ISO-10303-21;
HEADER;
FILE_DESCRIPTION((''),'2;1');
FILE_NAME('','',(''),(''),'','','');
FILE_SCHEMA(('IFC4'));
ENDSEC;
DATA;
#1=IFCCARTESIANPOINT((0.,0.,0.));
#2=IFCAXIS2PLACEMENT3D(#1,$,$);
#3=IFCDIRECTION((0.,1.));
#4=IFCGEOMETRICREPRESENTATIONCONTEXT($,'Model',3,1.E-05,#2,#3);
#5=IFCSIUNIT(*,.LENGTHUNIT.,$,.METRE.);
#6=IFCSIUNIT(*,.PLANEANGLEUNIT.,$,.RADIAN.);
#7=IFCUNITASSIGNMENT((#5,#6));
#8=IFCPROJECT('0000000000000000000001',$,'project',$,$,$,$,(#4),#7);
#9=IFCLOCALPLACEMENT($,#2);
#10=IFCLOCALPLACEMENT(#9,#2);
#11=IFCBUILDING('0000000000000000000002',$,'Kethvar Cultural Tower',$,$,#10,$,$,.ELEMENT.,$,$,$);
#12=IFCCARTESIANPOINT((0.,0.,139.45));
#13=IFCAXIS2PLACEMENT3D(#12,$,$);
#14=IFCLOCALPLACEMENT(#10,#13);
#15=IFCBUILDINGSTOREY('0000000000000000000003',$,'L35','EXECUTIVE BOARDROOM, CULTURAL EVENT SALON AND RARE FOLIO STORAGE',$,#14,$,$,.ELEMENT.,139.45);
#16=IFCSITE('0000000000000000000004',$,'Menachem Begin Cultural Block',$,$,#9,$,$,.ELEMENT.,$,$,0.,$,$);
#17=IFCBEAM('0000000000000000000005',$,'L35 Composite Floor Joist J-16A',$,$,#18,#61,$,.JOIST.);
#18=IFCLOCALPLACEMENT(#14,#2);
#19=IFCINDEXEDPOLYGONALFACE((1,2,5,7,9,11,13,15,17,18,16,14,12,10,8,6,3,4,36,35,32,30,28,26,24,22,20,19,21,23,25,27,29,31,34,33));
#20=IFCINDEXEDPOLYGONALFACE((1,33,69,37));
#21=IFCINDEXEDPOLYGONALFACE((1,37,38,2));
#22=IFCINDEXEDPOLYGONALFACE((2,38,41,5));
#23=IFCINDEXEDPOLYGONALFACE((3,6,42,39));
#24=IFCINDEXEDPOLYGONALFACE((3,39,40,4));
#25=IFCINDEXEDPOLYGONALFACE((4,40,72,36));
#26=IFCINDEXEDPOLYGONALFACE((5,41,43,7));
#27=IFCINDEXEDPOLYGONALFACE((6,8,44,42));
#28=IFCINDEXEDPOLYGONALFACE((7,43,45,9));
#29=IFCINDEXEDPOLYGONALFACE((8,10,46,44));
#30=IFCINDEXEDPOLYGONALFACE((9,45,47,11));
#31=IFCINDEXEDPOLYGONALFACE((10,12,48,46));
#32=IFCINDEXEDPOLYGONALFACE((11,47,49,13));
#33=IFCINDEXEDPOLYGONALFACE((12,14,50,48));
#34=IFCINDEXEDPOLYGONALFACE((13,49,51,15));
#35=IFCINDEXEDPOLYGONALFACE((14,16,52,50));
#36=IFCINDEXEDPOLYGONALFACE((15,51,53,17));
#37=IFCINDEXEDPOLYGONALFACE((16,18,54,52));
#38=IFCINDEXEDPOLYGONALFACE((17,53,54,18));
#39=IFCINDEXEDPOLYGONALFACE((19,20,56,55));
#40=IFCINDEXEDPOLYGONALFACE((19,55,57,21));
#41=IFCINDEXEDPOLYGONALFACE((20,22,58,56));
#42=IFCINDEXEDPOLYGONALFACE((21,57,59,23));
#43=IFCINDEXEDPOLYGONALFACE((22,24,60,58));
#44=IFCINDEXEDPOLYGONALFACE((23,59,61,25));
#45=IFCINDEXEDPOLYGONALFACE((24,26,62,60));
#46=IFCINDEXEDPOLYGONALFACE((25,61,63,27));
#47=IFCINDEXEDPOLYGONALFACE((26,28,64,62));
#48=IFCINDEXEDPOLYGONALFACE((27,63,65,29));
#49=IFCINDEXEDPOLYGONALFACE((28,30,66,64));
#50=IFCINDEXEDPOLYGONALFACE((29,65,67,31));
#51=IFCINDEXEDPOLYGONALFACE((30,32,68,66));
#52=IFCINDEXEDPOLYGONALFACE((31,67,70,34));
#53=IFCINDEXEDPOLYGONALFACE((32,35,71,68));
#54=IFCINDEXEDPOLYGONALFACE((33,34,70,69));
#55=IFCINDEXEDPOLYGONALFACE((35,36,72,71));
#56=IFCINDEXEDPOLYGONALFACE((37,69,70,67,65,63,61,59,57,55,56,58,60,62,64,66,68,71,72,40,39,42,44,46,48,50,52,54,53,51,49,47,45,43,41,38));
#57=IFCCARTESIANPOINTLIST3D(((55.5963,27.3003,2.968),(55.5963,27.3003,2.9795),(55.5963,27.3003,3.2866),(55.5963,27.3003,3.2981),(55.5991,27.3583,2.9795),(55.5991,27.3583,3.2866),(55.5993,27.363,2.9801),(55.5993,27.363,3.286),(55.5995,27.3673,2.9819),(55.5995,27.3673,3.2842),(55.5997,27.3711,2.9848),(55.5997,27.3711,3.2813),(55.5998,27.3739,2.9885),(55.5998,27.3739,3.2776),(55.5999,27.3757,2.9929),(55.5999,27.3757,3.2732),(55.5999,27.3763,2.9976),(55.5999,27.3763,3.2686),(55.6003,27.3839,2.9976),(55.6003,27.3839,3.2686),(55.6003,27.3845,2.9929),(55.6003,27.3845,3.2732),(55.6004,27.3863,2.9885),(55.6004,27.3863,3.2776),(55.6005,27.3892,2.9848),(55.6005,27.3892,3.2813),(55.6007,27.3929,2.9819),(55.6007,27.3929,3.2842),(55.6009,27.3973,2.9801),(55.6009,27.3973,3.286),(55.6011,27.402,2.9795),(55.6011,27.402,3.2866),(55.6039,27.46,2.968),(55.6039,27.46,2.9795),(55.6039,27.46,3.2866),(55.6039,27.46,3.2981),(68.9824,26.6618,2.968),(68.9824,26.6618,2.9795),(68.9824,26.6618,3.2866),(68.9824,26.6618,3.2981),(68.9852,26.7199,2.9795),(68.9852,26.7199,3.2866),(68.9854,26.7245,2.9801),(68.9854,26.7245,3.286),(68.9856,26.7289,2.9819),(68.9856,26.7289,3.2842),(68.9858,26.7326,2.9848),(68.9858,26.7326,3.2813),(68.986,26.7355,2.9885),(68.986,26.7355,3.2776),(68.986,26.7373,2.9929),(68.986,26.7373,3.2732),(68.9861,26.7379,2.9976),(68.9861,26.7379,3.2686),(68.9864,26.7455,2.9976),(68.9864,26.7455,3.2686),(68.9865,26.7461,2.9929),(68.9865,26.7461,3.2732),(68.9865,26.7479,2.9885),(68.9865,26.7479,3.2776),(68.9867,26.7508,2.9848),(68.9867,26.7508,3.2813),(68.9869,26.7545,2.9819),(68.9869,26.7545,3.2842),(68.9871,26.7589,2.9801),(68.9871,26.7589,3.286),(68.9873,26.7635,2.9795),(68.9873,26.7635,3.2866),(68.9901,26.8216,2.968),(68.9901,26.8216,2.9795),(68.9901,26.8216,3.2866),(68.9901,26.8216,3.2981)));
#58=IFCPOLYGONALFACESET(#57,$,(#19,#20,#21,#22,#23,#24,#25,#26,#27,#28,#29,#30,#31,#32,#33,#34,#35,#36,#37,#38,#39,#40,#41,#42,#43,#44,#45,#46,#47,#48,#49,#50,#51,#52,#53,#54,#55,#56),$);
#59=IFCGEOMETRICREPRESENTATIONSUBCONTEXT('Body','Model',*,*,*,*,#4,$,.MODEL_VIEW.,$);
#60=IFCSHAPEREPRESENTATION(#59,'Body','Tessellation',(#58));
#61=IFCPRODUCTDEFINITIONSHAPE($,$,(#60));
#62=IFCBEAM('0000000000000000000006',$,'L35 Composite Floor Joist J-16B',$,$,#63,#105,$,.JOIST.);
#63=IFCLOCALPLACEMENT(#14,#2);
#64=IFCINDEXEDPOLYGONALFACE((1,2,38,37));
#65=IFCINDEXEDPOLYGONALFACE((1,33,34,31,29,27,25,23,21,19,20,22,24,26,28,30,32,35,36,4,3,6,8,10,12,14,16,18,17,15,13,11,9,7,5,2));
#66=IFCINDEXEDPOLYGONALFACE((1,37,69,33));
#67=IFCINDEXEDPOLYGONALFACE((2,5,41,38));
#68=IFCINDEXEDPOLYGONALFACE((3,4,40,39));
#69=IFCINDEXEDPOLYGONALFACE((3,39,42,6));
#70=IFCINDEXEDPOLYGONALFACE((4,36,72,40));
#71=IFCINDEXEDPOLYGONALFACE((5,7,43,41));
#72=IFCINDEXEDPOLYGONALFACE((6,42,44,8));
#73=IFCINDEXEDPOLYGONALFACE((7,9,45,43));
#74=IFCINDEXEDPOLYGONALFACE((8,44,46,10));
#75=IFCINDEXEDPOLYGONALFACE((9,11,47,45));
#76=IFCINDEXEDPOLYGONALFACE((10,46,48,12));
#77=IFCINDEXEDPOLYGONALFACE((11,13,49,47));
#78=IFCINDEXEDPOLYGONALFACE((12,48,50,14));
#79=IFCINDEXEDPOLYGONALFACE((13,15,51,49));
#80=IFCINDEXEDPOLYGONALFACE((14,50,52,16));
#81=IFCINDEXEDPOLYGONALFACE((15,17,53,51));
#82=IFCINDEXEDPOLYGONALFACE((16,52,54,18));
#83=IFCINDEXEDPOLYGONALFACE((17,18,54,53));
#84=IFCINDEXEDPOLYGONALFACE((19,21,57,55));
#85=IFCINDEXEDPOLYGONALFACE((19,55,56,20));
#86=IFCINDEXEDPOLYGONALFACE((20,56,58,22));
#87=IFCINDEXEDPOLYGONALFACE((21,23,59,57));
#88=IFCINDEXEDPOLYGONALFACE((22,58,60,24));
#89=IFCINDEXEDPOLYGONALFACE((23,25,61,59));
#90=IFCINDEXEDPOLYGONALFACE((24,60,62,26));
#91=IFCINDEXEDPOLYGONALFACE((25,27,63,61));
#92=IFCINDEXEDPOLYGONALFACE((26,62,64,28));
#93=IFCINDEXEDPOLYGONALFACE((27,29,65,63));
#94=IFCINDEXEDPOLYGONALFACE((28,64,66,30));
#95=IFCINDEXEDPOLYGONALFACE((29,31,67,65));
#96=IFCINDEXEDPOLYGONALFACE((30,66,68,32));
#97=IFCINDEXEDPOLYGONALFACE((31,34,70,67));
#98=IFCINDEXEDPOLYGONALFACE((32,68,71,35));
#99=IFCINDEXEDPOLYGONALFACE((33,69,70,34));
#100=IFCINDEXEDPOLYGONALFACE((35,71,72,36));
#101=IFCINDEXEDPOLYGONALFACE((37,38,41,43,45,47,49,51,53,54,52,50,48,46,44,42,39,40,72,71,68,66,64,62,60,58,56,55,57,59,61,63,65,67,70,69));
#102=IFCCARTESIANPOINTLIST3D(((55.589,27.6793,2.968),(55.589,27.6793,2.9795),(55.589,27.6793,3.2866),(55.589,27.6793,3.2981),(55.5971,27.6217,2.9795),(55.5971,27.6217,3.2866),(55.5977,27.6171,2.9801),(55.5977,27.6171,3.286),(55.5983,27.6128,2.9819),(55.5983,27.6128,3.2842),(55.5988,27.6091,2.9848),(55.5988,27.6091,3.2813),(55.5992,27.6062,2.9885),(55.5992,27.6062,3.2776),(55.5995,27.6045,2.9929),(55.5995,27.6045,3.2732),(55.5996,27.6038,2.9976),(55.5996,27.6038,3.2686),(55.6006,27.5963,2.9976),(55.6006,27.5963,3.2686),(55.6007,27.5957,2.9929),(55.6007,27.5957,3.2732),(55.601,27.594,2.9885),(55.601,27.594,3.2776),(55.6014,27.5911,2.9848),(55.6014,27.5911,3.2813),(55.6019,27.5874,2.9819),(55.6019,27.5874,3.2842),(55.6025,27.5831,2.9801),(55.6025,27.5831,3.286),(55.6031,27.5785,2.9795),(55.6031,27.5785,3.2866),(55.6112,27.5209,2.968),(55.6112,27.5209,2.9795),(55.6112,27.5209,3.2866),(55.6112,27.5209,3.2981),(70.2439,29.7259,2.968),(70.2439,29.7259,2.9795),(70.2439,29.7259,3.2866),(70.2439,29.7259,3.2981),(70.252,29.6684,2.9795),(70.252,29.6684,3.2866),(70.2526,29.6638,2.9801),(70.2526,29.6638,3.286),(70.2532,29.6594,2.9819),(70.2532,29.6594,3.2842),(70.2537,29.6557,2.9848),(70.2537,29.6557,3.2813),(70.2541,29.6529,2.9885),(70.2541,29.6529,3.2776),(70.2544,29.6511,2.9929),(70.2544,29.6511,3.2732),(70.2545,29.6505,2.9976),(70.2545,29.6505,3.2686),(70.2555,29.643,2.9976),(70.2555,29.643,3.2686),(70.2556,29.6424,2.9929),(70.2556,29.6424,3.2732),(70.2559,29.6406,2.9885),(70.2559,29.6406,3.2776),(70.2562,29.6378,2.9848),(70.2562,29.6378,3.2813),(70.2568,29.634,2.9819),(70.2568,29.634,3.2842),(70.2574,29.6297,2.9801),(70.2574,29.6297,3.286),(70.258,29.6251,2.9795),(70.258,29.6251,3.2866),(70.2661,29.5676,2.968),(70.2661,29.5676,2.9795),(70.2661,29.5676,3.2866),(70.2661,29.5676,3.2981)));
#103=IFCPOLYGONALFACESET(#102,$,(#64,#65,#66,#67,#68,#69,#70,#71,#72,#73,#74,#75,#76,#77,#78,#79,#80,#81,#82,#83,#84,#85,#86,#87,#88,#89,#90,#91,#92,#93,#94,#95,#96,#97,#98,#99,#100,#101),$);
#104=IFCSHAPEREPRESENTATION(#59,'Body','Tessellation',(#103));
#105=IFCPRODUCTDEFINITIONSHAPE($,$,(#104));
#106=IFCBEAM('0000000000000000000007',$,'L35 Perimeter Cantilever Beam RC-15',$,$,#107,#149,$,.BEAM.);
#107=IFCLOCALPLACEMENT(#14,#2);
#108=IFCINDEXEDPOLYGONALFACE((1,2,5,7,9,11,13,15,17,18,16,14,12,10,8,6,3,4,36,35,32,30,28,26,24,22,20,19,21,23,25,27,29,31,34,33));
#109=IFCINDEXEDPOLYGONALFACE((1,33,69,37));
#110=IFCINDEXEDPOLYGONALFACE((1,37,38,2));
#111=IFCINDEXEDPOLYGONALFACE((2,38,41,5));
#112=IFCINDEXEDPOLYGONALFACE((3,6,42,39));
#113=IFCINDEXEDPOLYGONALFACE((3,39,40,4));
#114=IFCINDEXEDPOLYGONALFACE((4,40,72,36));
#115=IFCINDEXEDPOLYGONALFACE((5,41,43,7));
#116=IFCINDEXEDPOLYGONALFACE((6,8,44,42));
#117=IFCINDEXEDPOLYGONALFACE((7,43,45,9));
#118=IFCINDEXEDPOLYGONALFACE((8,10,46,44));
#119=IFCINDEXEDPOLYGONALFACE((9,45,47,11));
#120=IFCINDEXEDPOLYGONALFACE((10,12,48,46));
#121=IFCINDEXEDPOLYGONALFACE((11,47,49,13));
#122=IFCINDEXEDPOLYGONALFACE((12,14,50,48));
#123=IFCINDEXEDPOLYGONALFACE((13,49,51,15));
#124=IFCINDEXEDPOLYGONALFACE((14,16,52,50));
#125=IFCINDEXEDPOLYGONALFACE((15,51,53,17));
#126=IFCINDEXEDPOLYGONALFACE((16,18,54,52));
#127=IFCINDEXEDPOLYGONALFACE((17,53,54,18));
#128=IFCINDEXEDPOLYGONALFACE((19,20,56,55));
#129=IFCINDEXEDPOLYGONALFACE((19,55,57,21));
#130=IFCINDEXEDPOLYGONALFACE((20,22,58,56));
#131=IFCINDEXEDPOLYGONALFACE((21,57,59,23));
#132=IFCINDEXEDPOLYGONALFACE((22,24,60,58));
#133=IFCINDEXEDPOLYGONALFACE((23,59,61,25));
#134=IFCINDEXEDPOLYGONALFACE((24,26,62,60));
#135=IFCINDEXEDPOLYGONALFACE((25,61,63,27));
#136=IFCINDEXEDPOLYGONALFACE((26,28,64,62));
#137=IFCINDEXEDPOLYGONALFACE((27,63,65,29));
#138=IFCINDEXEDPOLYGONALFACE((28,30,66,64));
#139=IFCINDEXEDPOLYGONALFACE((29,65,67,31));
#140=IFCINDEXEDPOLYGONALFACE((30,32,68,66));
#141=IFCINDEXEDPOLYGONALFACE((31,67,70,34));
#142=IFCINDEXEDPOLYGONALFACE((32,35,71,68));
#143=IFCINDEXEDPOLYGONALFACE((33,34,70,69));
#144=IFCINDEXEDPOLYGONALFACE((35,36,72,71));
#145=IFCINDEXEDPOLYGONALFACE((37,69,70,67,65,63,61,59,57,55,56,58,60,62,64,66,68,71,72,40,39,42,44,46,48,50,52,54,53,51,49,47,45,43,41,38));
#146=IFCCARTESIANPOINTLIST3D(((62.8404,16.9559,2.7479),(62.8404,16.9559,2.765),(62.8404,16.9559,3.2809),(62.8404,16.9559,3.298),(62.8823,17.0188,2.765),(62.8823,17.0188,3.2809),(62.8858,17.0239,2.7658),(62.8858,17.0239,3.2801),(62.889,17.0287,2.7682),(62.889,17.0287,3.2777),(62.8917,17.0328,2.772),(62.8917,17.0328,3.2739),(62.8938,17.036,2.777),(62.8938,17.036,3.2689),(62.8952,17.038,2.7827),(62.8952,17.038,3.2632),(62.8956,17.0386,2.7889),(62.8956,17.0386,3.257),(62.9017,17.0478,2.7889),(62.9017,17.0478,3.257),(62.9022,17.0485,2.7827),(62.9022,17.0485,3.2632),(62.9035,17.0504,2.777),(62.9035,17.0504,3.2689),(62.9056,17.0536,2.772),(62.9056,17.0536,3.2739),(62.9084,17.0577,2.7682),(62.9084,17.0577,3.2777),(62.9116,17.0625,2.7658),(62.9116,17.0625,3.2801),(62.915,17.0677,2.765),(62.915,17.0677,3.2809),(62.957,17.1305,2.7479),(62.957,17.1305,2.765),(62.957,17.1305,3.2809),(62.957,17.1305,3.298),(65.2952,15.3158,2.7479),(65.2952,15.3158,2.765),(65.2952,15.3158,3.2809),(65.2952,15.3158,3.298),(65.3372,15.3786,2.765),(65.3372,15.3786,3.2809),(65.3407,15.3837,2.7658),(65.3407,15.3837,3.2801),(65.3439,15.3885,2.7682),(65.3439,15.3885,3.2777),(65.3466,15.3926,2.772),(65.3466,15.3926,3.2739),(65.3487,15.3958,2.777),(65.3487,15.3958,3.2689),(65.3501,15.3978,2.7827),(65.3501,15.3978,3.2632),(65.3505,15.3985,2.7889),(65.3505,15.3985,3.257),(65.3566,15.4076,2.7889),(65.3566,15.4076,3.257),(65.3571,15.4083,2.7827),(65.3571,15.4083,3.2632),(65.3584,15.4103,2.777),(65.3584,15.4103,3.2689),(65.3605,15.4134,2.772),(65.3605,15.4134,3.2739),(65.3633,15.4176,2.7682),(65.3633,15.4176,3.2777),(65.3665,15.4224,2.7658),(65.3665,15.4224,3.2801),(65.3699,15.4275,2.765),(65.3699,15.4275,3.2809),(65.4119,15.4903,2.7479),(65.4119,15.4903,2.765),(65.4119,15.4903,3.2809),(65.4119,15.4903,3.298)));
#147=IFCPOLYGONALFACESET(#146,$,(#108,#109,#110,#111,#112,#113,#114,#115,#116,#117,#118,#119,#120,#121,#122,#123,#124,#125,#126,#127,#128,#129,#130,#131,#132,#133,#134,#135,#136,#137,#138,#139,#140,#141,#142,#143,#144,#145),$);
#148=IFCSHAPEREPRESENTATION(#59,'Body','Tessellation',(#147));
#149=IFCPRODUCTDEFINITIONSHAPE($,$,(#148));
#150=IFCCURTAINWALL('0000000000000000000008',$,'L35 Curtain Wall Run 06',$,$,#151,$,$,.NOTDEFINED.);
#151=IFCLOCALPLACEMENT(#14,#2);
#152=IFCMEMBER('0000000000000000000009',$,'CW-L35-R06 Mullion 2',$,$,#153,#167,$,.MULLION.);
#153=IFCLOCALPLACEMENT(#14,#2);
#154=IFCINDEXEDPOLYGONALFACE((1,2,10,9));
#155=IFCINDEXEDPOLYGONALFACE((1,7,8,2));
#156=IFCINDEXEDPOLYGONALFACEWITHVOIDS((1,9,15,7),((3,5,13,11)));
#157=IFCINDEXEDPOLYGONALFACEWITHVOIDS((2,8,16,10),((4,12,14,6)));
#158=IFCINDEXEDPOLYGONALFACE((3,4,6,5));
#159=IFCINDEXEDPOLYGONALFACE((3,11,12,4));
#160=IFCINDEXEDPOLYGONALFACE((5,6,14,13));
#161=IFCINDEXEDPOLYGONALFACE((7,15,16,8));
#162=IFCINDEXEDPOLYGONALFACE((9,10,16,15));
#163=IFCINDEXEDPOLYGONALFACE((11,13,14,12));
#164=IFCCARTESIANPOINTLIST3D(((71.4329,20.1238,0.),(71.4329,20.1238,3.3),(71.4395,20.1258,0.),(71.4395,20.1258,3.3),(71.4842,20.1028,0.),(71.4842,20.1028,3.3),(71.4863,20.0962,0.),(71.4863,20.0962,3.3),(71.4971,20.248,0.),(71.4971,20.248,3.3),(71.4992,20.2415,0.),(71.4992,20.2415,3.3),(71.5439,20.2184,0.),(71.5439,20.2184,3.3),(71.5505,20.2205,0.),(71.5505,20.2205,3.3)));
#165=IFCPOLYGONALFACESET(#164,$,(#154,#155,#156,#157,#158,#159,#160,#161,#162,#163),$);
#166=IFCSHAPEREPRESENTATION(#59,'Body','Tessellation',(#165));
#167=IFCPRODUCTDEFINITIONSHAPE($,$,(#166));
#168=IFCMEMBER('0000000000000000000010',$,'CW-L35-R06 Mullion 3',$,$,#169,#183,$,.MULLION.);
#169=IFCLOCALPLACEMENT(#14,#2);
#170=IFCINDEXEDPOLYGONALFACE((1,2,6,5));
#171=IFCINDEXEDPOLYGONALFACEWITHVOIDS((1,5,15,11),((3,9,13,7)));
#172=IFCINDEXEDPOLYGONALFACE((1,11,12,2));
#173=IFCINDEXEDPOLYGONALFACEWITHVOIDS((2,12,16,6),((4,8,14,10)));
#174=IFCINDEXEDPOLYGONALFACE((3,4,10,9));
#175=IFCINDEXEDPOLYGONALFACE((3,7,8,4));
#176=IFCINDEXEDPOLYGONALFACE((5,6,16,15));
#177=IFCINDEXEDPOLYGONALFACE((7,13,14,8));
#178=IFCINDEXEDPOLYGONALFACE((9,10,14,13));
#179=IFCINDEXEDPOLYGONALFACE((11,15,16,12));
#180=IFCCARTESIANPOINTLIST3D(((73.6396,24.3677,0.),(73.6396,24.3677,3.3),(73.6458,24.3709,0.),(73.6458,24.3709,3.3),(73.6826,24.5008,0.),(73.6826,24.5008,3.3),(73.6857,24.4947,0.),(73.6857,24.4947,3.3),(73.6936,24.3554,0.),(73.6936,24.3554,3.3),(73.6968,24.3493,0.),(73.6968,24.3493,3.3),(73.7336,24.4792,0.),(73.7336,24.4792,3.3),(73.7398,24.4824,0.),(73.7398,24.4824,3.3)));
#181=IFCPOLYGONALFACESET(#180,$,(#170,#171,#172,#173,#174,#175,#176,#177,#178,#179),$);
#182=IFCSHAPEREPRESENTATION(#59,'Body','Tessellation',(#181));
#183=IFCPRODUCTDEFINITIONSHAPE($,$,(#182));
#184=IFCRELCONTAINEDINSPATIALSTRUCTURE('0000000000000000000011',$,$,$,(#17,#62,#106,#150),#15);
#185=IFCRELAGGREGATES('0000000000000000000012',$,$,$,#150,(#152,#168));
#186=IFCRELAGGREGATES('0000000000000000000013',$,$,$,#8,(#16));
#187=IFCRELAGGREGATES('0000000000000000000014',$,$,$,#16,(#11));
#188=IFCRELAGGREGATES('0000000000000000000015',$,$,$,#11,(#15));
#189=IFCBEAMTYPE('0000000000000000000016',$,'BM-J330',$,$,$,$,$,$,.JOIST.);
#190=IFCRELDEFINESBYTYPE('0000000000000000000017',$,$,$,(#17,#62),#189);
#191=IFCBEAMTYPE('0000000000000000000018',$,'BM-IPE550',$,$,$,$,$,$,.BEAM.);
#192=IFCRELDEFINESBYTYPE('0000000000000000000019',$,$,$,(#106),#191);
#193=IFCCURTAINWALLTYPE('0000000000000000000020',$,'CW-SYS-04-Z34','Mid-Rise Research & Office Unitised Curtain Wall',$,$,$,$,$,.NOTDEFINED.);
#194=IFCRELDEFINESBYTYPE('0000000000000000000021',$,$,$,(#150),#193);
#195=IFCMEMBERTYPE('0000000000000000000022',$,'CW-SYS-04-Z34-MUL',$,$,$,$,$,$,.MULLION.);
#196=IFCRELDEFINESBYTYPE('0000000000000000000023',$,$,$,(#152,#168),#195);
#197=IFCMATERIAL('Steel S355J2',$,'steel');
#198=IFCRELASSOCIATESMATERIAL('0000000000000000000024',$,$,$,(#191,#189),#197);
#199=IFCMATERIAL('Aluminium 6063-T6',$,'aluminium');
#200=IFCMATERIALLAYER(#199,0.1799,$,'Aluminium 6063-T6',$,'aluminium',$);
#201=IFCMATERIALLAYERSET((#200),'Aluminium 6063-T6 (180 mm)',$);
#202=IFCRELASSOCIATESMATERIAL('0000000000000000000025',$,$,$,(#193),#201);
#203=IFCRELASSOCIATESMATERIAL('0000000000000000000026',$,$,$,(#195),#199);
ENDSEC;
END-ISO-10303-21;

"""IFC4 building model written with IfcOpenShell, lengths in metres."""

from ifc_helpers import new_model, si_unit, direction, frame, origin, origin_2d, place, context, subcontext, project, spatial, hollow_rectangle, i_section, extrude, source, transform, mapped, material, layer, layer_set, material_profile, profile_set, type_object, element, aggregate, save


model = new_model("IFC4")

# Units and contexts
model_context = context("Model", 3, precision=1e-05, world=origin(), true_north=direction((0.0, 1.0)))
body_context = subcontext(model_context, "Body", "Model", "MODEL_VIEW")
ifc_project = project(units=[si_unit("LENGTHUNIT", "METRE"), si_unit("PLANEANGLEUNIT", "RADIAN")], contexts=[model_context])

# Site, building, storey
site_placement = place(None, origin())
site = spatial("IfcSite", under=ifc_project, at=site_placement, Name="Menachem Begin Cultural Block", CompositionType="ELEMENT", RefElevation=0.0)
building_placement = place(site_placement, origin())
building = spatial("IfcBuilding", under=site, at=building_placement, Name="Kethvar Cultural Tower", CompositionType="ELEMENT")
storey_placement = place(building_placement, frame((0.0, 0.0, 139.45)))
storey = spatial("IfcBuildingStorey", under=building, at=storey_placement, Name="L35", Description="EXECUTIVE BOARDROOM, CULTURAL EVENT SALON AND RARE FOLIO STORAGE", CompositionType="ELEMENT", Elevation=139.45)

# Beams
ifc_material_1 = material(Name="Steel S355J2", Category="steel")
ifc_material_profile_1 = material_profile(ifc_material_1, i_section(OverallWidth=0.21, OverallDepth=0.55, WebThickness=0.011, FlangeThickness=0.0171, FilletRadius=0.0239, at=origin_2d()), Name="Steel S355J2 — IPE550")
ifc_profile_set_1 = profile_set([ifc_material_profile_1], Name="Steel S355J2 — IPE550")
beam_type_1 = type_object("IfcBeamType", Name="BM-IPE550", PredefinedType="BEAM", material=ifc_profile_set_1)
ifc_material_profile_2 = material_profile(ifc_material_1, i_section(OverallWidth=0.1599, OverallDepth=0.3301, WebThickness=0.0076, FlangeThickness=0.0115, FilletRadius=0.0181, at=origin_2d()), Name="Steel S355J2 — IPE330")
ifc_profile_set_2 = profile_set([ifc_material_profile_2], Name="Steel S355J2 — IPE330")
beam_type_2 = type_object("IfcBeamType", Name="BM-J330", PredefinedType="JOIST", material=ifc_profile_set_2)
shared_shape_1 = source(origin(), body_context, "Body", "SweptSolid", [
    extrude(i_section(OverallWidth=0.1599, OverallDepth=0.3301, WebThickness=0.0076, FlangeThickness=0.0115, FilletRadius=0.0181, at=origin_2d()), origin(), (0.0, 0.0, 1.0), 13.4014),
])
beam_1_placement = place(storey_placement, frame((55.6001, 27.3801, 3.1331), z_axis=(0.998865, -0.047639, 0.0), x_axis=(0.047639, 0.998865, 0.0)))
element("IfcBeam", 1, at=beam_1_placement, inside=storey, type_object=beam_type_2, Name="L35 Composite Floor Joist J-16A", PredefinedType="JOIST", context=body_context, shape_type="MappedRepresentation", body=[
    mapped(shared_shape_1, transform((0.0, 0.0, 0.0), scale=1.0)),
])
shared_shape_2 = source(origin(), body_context, "Body", "SweptSolid", [
    extrude(i_section(OverallWidth=0.1599, OverallDepth=0.3301, WebThickness=0.0076, FlangeThickness=0.0115, FilletRadius=0.0181, at=origin_2d()), origin(), (0.0, 0.0, 1.0), 14.7971),
])
beam_2_placement = place(storey_placement, frame((55.6001, 27.6001, 3.1331), z_axis=(0.990388, 0.138314, 0.0), x_axis=(-0.138314, 0.990388, 0.0)))
element("IfcBeam", 2, at=beam_2_placement, inside=storey, type_object=beam_type_2, Name="L35 Composite Floor Joist J-16B", PredefinedType="JOIST", context=body_context, shape_type="MappedRepresentation", body=[
    mapped(shared_shape_2, transform((0.0, 0.0, 0.0), scale=1.0)),
])
shared_shape_3 = source(origin(), body_context, "Body", "SweptSolid", [
    extrude(i_section(OverallWidth=0.21, OverallDepth=0.55, WebThickness=0.011, FlangeThickness=0.0171, FilletRadius=0.0239, at=origin_2d()), origin(), (0.0, 0.0, 1.0), 2.9524),
])
beam_3_placement = place(storey_placement, frame((62.8987, 17.0432, 3.0229), z_axis=(0.83149, -0.55554, 0.0), x_axis=(0.55554, 0.83149, 0.0)))
element("IfcBeam", 3, at=beam_3_placement, inside=storey, type_object=beam_type_1, Name="L35 Perimeter Cantilever Beam RC-15", PredefinedType="BEAM", context=body_context, shape_type="MappedRepresentation", body=[
    mapped(shared_shape_3, transform((0.0, 0.0, 0.0), scale=1.0)),
])

# Curtain wall, members
ifc_material_2 = material(Name="Aluminium 6063-T6", Category="aluminium")
ifc_layer_1 = layer(ifc_material_2, 0.1799, Name="Aluminium 6063-T6", Category="aluminium")
ifc_layer_set_1 = layer_set([ifc_layer_1], Name="Aluminium 6063-T6 (180 mm)")
curtain_wall_type = type_object("IfcCurtainWallType", Name="CW-SYS-04-Z34", Description="Mid-Rise Research & Office Unitised Curtain Wall", PredefinedType="NOTDEFINED", material=ifc_layer_set_1)
curtain_wall_placement = place(storey_placement, origin())
curtain_wall = element("IfcCurtainWall", 4, at=curtain_wall_placement, inside=storey, type_object=curtain_wall_type, Name="L35 Curtain Wall Run 06", PredefinedType="NOTDEFINED")
ifc_material_profile_3 = material_profile(ifc_material_2, hollow_rectangle(XDim=0.0601, YDim=0.1399, WallThickness=0.0049, at=origin_2d()), Name="Aluminium 6063-T6 — RHS140x60x5")
ifc_profile_set_3 = profile_set([ifc_material_profile_3], Name="Aluminium 6063-T6 — RHS140x60x5")
member_type_1 = type_object("IfcMemberType", Name="CW-SYS-04-Z34-MUL", PredefinedType="MULLION", material=ifc_profile_set_3)
shared_shape_4 = source(origin(), body_context, "Body", "SweptSolid", [
    extrude(hollow_rectangle(XDim=0.0601, YDim=0.1399, WallThickness=0.0049, at=origin_2d()), origin(), (0.0, 0.0, 1.0), 3.3),
])
member_1_placement = place(storey_placement, frame((71.4917, 20.1721, 0.0), z_axis=(0.0, 0.0, 1.0), x_axis=(-0.888505, 0.458867, 0.0)))
member_1 = element("IfcMember", 5, at=member_1_placement, type_object=member_type_1, Name="CW-L35-R06 Mullion 2", PredefinedType="MULLION", context=body_context, shape_type="MappedRepresentation", body=[
    mapped(shared_shape_4, transform((0.0, 0.0, 0.0), scale=1.0)),
])
member_2_placement = place(storey_placement, frame((73.6897, 24.425, 0.0), z_axis=(0.0, 0.0, 1.0), x_axis=(-0.951669, 0.307124, 0.0)))
member_2 = element("IfcMember", 6, at=member_2_placement, type_object=member_type_1, Name="CW-L35-R06 Mullion 3", PredefinedType="MULLION", context=body_context, shape_type="MappedRepresentation", body=[
    mapped(shared_shape_4, transform((0.0, 0.0, 0.0), scale=1.0)),
])
aggregate(curtain_wall, [member_1, member_2])

save(model, "model.ifc")
